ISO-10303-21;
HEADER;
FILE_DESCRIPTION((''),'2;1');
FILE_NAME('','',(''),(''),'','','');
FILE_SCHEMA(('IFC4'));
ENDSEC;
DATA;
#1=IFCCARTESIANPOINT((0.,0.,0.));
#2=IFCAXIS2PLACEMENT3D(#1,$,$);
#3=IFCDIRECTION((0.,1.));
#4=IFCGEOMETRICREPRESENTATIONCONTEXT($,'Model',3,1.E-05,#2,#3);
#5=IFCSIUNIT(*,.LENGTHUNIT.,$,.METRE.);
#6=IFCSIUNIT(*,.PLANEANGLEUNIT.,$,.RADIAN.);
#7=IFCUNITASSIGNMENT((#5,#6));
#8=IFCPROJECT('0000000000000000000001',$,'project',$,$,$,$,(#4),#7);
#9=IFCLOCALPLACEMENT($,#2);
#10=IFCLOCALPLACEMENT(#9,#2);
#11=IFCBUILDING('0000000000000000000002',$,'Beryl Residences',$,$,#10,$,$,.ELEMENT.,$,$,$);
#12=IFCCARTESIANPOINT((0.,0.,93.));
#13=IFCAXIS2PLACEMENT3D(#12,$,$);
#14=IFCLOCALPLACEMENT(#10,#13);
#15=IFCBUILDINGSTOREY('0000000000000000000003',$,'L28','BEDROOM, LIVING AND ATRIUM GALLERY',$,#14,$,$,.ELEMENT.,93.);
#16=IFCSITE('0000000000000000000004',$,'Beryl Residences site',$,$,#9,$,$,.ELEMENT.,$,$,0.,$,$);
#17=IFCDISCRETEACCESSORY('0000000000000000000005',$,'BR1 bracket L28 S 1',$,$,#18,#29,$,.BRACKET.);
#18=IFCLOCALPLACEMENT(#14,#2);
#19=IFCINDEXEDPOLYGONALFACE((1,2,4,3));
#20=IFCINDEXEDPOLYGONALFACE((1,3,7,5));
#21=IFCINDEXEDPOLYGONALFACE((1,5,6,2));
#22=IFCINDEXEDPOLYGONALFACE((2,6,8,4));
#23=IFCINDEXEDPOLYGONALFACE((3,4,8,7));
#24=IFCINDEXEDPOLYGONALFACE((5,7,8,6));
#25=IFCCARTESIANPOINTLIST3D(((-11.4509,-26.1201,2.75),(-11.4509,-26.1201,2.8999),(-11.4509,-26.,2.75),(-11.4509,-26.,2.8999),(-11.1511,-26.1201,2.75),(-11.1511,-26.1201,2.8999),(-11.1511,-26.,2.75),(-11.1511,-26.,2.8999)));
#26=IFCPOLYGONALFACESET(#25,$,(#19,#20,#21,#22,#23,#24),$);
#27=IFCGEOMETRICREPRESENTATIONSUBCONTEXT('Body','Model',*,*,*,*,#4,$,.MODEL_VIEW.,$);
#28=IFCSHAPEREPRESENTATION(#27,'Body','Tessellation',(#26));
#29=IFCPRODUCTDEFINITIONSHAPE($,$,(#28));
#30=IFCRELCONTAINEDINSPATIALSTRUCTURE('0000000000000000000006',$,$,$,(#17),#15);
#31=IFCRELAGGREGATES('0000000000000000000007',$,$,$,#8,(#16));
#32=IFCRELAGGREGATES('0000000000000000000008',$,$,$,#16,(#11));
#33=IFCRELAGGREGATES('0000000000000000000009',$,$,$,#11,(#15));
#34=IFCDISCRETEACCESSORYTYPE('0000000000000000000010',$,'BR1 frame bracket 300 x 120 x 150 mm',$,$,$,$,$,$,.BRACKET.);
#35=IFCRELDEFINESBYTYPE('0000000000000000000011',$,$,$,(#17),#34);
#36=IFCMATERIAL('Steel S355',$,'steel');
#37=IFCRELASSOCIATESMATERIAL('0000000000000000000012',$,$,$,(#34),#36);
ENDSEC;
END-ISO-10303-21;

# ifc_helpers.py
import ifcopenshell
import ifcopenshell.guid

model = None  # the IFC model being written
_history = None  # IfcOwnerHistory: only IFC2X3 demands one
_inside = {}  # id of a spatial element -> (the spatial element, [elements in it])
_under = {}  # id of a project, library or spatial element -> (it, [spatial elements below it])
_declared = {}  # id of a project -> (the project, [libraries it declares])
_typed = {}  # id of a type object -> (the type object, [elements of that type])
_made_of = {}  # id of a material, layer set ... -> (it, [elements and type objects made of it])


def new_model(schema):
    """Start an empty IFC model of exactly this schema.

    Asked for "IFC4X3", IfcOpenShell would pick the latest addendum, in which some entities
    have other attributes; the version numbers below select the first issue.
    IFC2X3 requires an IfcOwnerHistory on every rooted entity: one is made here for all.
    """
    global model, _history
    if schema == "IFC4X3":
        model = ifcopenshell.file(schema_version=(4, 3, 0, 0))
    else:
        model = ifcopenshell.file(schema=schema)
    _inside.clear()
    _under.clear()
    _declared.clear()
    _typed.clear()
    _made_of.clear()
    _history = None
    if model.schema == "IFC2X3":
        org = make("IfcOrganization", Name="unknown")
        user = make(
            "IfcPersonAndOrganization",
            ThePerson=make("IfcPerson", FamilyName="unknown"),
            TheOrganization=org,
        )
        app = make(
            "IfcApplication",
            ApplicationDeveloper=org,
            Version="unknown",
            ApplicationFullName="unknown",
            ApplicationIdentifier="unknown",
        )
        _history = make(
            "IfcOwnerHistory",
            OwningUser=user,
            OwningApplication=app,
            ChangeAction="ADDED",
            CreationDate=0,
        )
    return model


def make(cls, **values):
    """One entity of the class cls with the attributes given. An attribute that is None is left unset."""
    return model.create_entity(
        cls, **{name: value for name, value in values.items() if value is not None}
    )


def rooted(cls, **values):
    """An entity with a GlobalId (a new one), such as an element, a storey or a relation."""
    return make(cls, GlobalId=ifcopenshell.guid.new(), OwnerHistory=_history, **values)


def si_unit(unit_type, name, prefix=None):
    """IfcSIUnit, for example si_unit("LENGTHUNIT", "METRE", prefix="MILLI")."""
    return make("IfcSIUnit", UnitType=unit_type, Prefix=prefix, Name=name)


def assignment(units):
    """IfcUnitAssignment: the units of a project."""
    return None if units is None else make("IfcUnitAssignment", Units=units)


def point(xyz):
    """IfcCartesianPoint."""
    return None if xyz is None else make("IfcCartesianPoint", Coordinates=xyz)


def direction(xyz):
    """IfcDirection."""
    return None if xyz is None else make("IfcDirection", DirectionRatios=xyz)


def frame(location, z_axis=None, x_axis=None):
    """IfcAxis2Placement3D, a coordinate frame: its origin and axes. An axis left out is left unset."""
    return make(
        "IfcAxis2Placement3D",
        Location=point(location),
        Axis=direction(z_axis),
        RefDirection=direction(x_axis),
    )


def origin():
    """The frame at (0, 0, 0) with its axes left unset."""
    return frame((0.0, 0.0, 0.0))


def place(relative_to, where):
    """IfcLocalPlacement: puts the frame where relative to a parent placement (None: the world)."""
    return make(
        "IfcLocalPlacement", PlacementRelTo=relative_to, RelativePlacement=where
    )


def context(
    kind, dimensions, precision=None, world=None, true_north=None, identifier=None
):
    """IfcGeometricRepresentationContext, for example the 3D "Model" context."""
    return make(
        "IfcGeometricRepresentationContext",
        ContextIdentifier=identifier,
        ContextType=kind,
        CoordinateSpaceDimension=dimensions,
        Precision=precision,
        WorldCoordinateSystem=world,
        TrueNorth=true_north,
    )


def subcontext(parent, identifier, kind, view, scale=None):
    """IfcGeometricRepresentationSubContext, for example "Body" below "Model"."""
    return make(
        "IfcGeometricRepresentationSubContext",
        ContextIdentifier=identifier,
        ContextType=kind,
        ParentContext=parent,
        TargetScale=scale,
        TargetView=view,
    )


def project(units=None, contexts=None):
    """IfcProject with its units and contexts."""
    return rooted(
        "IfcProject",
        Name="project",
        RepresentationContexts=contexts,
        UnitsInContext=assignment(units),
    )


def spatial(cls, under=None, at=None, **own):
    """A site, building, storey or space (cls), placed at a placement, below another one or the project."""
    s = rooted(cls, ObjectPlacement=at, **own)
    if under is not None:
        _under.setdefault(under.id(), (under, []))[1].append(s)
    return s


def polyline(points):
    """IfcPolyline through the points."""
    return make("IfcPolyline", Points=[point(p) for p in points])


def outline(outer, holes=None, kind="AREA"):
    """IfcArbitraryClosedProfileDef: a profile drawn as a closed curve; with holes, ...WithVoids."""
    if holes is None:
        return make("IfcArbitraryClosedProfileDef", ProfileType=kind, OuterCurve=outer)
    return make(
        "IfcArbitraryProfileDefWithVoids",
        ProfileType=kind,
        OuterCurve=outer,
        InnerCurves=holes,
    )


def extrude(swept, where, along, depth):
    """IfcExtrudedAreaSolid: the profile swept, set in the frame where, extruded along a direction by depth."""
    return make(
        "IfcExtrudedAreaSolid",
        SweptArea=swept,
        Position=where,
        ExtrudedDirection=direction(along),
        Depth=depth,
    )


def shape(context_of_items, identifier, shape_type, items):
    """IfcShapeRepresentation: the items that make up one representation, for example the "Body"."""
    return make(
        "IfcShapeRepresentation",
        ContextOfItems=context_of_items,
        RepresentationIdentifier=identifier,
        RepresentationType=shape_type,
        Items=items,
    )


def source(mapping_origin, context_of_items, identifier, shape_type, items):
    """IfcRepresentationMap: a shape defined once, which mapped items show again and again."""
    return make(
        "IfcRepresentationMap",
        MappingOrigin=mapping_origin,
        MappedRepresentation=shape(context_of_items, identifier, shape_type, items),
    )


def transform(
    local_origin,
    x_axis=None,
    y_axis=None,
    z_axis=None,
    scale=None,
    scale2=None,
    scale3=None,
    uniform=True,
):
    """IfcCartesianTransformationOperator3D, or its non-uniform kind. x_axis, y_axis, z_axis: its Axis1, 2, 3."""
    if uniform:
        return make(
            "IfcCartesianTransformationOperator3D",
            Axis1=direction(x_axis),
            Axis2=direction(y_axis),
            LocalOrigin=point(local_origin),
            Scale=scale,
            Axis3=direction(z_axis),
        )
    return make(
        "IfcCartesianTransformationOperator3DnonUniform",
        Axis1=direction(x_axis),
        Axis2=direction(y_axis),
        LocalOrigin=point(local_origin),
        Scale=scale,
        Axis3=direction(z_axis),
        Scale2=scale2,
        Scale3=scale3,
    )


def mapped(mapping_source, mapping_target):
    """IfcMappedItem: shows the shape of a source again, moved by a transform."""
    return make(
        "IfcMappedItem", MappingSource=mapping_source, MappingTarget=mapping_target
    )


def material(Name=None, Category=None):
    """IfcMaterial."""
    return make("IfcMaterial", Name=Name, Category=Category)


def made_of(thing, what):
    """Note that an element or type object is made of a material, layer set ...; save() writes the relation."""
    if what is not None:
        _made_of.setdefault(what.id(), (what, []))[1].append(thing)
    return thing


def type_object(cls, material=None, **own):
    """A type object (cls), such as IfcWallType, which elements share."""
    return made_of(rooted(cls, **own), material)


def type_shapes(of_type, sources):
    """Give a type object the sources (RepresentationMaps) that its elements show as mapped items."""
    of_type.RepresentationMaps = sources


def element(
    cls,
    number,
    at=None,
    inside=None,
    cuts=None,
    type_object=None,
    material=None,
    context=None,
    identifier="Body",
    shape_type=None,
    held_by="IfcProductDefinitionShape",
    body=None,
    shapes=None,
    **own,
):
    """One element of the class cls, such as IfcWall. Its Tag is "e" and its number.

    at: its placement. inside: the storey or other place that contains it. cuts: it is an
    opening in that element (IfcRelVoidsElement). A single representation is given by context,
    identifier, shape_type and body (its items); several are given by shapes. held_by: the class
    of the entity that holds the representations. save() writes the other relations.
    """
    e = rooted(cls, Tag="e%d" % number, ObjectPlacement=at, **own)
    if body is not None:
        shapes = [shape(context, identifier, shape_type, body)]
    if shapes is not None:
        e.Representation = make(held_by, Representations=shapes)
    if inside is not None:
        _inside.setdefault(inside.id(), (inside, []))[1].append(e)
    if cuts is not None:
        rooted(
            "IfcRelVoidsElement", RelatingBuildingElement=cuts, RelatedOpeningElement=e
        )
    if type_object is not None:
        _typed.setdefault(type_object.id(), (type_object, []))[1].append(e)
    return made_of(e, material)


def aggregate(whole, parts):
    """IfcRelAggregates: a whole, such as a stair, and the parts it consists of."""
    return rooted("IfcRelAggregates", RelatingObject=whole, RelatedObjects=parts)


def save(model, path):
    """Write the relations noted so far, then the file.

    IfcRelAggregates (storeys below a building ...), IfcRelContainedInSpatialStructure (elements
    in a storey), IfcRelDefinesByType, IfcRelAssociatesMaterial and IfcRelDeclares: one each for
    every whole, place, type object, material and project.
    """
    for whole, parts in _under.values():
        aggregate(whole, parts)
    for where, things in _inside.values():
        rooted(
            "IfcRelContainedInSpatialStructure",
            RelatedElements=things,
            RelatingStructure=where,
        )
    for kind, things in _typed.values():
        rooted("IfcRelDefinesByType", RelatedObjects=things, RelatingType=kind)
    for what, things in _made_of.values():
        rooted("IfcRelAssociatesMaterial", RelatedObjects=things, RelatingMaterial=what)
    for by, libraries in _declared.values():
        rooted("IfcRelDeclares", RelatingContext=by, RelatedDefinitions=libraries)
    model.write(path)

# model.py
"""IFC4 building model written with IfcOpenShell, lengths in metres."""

from ifc_helpers import new_model, si_unit, direction, frame, origin, place, context, subcontext, project, spatial, polyline, outline, extrude, source, transform, mapped, material, type_object, type_shapes, element, save


model = new_model("IFC4")

# Units and contexts
model_context = context("Model", 3, precision=1e-05, world=origin(), true_north=direction((0.0, 1.0)))
body_context = subcontext(model_context, "Body", "Model", "MODEL_VIEW")
ifc_project = project(units=[si_unit("LENGTHUNIT", "METRE"), si_unit("PLANEANGLEUNIT", "RADIAN")], contexts=[model_context])

# Site, building, storey
site_placement = place(None, origin())
site = spatial("IfcSite", under=ifc_project, at=site_placement, Name="Beryl Residences site", CompositionType="ELEMENT", RefElevation=0.0)
building_placement = place(site_placement, origin())
building = spatial("IfcBuilding", under=site, at=building_placement, Name="Beryl Residences", CompositionType="ELEMENT")
storey_placement = place(building_placement, frame((0.0, 0.0, 93.0)))
storey = spatial("IfcBuildingStorey", under=building, at=storey_placement, Name="L28", Description="BEDROOM, LIVING AND ATRIUM GALLERY", CompositionType="ELEMENT", Elevation=93.0)

# Discrete accessory
ifc_material_1 = material(Name="Steel S355", Category="steel")
discrete_accessory_type = type_object("IfcDiscreteAccessoryType", Name="BR1 frame bracket 300 x 120 x 150 mm", PredefinedType="BRACKET", material=ifc_material_1)
shared_shape_1 = source(origin(), body_context, "Body", "SweptSolid", [
    extrude(outline(polyline([(-0.1499, 0.0), (0.1499, 0.0), (0.1499, 0.1201), (-0.1499, 0.1201), (-0.1499, 0.0)])), origin(), (0.0, 0.0, 1.0), 0.1499),
])
type_shapes(discrete_accessory_type, [shared_shape_1])
discrete_accessory_placement = place(storey_placement, frame((-11.301, -26.0, 2.75), z_axis=(0.0, 0.0, 1.0), x_axis=(-1.0, 0.0, 0.0)))
element("IfcDiscreteAccessory", 1, at=discrete_accessory_placement, inside=storey, type_object=discrete_accessory_type, Name="BR1 bracket L28 S 1", PredefinedType="BRACKET", context=body_context, shape_type="MappedRepresentation", body=[
    mapped(shared_shape_1, transform((0.0, 0.0, 0.0))),
])

save(model, "model.ifc")
